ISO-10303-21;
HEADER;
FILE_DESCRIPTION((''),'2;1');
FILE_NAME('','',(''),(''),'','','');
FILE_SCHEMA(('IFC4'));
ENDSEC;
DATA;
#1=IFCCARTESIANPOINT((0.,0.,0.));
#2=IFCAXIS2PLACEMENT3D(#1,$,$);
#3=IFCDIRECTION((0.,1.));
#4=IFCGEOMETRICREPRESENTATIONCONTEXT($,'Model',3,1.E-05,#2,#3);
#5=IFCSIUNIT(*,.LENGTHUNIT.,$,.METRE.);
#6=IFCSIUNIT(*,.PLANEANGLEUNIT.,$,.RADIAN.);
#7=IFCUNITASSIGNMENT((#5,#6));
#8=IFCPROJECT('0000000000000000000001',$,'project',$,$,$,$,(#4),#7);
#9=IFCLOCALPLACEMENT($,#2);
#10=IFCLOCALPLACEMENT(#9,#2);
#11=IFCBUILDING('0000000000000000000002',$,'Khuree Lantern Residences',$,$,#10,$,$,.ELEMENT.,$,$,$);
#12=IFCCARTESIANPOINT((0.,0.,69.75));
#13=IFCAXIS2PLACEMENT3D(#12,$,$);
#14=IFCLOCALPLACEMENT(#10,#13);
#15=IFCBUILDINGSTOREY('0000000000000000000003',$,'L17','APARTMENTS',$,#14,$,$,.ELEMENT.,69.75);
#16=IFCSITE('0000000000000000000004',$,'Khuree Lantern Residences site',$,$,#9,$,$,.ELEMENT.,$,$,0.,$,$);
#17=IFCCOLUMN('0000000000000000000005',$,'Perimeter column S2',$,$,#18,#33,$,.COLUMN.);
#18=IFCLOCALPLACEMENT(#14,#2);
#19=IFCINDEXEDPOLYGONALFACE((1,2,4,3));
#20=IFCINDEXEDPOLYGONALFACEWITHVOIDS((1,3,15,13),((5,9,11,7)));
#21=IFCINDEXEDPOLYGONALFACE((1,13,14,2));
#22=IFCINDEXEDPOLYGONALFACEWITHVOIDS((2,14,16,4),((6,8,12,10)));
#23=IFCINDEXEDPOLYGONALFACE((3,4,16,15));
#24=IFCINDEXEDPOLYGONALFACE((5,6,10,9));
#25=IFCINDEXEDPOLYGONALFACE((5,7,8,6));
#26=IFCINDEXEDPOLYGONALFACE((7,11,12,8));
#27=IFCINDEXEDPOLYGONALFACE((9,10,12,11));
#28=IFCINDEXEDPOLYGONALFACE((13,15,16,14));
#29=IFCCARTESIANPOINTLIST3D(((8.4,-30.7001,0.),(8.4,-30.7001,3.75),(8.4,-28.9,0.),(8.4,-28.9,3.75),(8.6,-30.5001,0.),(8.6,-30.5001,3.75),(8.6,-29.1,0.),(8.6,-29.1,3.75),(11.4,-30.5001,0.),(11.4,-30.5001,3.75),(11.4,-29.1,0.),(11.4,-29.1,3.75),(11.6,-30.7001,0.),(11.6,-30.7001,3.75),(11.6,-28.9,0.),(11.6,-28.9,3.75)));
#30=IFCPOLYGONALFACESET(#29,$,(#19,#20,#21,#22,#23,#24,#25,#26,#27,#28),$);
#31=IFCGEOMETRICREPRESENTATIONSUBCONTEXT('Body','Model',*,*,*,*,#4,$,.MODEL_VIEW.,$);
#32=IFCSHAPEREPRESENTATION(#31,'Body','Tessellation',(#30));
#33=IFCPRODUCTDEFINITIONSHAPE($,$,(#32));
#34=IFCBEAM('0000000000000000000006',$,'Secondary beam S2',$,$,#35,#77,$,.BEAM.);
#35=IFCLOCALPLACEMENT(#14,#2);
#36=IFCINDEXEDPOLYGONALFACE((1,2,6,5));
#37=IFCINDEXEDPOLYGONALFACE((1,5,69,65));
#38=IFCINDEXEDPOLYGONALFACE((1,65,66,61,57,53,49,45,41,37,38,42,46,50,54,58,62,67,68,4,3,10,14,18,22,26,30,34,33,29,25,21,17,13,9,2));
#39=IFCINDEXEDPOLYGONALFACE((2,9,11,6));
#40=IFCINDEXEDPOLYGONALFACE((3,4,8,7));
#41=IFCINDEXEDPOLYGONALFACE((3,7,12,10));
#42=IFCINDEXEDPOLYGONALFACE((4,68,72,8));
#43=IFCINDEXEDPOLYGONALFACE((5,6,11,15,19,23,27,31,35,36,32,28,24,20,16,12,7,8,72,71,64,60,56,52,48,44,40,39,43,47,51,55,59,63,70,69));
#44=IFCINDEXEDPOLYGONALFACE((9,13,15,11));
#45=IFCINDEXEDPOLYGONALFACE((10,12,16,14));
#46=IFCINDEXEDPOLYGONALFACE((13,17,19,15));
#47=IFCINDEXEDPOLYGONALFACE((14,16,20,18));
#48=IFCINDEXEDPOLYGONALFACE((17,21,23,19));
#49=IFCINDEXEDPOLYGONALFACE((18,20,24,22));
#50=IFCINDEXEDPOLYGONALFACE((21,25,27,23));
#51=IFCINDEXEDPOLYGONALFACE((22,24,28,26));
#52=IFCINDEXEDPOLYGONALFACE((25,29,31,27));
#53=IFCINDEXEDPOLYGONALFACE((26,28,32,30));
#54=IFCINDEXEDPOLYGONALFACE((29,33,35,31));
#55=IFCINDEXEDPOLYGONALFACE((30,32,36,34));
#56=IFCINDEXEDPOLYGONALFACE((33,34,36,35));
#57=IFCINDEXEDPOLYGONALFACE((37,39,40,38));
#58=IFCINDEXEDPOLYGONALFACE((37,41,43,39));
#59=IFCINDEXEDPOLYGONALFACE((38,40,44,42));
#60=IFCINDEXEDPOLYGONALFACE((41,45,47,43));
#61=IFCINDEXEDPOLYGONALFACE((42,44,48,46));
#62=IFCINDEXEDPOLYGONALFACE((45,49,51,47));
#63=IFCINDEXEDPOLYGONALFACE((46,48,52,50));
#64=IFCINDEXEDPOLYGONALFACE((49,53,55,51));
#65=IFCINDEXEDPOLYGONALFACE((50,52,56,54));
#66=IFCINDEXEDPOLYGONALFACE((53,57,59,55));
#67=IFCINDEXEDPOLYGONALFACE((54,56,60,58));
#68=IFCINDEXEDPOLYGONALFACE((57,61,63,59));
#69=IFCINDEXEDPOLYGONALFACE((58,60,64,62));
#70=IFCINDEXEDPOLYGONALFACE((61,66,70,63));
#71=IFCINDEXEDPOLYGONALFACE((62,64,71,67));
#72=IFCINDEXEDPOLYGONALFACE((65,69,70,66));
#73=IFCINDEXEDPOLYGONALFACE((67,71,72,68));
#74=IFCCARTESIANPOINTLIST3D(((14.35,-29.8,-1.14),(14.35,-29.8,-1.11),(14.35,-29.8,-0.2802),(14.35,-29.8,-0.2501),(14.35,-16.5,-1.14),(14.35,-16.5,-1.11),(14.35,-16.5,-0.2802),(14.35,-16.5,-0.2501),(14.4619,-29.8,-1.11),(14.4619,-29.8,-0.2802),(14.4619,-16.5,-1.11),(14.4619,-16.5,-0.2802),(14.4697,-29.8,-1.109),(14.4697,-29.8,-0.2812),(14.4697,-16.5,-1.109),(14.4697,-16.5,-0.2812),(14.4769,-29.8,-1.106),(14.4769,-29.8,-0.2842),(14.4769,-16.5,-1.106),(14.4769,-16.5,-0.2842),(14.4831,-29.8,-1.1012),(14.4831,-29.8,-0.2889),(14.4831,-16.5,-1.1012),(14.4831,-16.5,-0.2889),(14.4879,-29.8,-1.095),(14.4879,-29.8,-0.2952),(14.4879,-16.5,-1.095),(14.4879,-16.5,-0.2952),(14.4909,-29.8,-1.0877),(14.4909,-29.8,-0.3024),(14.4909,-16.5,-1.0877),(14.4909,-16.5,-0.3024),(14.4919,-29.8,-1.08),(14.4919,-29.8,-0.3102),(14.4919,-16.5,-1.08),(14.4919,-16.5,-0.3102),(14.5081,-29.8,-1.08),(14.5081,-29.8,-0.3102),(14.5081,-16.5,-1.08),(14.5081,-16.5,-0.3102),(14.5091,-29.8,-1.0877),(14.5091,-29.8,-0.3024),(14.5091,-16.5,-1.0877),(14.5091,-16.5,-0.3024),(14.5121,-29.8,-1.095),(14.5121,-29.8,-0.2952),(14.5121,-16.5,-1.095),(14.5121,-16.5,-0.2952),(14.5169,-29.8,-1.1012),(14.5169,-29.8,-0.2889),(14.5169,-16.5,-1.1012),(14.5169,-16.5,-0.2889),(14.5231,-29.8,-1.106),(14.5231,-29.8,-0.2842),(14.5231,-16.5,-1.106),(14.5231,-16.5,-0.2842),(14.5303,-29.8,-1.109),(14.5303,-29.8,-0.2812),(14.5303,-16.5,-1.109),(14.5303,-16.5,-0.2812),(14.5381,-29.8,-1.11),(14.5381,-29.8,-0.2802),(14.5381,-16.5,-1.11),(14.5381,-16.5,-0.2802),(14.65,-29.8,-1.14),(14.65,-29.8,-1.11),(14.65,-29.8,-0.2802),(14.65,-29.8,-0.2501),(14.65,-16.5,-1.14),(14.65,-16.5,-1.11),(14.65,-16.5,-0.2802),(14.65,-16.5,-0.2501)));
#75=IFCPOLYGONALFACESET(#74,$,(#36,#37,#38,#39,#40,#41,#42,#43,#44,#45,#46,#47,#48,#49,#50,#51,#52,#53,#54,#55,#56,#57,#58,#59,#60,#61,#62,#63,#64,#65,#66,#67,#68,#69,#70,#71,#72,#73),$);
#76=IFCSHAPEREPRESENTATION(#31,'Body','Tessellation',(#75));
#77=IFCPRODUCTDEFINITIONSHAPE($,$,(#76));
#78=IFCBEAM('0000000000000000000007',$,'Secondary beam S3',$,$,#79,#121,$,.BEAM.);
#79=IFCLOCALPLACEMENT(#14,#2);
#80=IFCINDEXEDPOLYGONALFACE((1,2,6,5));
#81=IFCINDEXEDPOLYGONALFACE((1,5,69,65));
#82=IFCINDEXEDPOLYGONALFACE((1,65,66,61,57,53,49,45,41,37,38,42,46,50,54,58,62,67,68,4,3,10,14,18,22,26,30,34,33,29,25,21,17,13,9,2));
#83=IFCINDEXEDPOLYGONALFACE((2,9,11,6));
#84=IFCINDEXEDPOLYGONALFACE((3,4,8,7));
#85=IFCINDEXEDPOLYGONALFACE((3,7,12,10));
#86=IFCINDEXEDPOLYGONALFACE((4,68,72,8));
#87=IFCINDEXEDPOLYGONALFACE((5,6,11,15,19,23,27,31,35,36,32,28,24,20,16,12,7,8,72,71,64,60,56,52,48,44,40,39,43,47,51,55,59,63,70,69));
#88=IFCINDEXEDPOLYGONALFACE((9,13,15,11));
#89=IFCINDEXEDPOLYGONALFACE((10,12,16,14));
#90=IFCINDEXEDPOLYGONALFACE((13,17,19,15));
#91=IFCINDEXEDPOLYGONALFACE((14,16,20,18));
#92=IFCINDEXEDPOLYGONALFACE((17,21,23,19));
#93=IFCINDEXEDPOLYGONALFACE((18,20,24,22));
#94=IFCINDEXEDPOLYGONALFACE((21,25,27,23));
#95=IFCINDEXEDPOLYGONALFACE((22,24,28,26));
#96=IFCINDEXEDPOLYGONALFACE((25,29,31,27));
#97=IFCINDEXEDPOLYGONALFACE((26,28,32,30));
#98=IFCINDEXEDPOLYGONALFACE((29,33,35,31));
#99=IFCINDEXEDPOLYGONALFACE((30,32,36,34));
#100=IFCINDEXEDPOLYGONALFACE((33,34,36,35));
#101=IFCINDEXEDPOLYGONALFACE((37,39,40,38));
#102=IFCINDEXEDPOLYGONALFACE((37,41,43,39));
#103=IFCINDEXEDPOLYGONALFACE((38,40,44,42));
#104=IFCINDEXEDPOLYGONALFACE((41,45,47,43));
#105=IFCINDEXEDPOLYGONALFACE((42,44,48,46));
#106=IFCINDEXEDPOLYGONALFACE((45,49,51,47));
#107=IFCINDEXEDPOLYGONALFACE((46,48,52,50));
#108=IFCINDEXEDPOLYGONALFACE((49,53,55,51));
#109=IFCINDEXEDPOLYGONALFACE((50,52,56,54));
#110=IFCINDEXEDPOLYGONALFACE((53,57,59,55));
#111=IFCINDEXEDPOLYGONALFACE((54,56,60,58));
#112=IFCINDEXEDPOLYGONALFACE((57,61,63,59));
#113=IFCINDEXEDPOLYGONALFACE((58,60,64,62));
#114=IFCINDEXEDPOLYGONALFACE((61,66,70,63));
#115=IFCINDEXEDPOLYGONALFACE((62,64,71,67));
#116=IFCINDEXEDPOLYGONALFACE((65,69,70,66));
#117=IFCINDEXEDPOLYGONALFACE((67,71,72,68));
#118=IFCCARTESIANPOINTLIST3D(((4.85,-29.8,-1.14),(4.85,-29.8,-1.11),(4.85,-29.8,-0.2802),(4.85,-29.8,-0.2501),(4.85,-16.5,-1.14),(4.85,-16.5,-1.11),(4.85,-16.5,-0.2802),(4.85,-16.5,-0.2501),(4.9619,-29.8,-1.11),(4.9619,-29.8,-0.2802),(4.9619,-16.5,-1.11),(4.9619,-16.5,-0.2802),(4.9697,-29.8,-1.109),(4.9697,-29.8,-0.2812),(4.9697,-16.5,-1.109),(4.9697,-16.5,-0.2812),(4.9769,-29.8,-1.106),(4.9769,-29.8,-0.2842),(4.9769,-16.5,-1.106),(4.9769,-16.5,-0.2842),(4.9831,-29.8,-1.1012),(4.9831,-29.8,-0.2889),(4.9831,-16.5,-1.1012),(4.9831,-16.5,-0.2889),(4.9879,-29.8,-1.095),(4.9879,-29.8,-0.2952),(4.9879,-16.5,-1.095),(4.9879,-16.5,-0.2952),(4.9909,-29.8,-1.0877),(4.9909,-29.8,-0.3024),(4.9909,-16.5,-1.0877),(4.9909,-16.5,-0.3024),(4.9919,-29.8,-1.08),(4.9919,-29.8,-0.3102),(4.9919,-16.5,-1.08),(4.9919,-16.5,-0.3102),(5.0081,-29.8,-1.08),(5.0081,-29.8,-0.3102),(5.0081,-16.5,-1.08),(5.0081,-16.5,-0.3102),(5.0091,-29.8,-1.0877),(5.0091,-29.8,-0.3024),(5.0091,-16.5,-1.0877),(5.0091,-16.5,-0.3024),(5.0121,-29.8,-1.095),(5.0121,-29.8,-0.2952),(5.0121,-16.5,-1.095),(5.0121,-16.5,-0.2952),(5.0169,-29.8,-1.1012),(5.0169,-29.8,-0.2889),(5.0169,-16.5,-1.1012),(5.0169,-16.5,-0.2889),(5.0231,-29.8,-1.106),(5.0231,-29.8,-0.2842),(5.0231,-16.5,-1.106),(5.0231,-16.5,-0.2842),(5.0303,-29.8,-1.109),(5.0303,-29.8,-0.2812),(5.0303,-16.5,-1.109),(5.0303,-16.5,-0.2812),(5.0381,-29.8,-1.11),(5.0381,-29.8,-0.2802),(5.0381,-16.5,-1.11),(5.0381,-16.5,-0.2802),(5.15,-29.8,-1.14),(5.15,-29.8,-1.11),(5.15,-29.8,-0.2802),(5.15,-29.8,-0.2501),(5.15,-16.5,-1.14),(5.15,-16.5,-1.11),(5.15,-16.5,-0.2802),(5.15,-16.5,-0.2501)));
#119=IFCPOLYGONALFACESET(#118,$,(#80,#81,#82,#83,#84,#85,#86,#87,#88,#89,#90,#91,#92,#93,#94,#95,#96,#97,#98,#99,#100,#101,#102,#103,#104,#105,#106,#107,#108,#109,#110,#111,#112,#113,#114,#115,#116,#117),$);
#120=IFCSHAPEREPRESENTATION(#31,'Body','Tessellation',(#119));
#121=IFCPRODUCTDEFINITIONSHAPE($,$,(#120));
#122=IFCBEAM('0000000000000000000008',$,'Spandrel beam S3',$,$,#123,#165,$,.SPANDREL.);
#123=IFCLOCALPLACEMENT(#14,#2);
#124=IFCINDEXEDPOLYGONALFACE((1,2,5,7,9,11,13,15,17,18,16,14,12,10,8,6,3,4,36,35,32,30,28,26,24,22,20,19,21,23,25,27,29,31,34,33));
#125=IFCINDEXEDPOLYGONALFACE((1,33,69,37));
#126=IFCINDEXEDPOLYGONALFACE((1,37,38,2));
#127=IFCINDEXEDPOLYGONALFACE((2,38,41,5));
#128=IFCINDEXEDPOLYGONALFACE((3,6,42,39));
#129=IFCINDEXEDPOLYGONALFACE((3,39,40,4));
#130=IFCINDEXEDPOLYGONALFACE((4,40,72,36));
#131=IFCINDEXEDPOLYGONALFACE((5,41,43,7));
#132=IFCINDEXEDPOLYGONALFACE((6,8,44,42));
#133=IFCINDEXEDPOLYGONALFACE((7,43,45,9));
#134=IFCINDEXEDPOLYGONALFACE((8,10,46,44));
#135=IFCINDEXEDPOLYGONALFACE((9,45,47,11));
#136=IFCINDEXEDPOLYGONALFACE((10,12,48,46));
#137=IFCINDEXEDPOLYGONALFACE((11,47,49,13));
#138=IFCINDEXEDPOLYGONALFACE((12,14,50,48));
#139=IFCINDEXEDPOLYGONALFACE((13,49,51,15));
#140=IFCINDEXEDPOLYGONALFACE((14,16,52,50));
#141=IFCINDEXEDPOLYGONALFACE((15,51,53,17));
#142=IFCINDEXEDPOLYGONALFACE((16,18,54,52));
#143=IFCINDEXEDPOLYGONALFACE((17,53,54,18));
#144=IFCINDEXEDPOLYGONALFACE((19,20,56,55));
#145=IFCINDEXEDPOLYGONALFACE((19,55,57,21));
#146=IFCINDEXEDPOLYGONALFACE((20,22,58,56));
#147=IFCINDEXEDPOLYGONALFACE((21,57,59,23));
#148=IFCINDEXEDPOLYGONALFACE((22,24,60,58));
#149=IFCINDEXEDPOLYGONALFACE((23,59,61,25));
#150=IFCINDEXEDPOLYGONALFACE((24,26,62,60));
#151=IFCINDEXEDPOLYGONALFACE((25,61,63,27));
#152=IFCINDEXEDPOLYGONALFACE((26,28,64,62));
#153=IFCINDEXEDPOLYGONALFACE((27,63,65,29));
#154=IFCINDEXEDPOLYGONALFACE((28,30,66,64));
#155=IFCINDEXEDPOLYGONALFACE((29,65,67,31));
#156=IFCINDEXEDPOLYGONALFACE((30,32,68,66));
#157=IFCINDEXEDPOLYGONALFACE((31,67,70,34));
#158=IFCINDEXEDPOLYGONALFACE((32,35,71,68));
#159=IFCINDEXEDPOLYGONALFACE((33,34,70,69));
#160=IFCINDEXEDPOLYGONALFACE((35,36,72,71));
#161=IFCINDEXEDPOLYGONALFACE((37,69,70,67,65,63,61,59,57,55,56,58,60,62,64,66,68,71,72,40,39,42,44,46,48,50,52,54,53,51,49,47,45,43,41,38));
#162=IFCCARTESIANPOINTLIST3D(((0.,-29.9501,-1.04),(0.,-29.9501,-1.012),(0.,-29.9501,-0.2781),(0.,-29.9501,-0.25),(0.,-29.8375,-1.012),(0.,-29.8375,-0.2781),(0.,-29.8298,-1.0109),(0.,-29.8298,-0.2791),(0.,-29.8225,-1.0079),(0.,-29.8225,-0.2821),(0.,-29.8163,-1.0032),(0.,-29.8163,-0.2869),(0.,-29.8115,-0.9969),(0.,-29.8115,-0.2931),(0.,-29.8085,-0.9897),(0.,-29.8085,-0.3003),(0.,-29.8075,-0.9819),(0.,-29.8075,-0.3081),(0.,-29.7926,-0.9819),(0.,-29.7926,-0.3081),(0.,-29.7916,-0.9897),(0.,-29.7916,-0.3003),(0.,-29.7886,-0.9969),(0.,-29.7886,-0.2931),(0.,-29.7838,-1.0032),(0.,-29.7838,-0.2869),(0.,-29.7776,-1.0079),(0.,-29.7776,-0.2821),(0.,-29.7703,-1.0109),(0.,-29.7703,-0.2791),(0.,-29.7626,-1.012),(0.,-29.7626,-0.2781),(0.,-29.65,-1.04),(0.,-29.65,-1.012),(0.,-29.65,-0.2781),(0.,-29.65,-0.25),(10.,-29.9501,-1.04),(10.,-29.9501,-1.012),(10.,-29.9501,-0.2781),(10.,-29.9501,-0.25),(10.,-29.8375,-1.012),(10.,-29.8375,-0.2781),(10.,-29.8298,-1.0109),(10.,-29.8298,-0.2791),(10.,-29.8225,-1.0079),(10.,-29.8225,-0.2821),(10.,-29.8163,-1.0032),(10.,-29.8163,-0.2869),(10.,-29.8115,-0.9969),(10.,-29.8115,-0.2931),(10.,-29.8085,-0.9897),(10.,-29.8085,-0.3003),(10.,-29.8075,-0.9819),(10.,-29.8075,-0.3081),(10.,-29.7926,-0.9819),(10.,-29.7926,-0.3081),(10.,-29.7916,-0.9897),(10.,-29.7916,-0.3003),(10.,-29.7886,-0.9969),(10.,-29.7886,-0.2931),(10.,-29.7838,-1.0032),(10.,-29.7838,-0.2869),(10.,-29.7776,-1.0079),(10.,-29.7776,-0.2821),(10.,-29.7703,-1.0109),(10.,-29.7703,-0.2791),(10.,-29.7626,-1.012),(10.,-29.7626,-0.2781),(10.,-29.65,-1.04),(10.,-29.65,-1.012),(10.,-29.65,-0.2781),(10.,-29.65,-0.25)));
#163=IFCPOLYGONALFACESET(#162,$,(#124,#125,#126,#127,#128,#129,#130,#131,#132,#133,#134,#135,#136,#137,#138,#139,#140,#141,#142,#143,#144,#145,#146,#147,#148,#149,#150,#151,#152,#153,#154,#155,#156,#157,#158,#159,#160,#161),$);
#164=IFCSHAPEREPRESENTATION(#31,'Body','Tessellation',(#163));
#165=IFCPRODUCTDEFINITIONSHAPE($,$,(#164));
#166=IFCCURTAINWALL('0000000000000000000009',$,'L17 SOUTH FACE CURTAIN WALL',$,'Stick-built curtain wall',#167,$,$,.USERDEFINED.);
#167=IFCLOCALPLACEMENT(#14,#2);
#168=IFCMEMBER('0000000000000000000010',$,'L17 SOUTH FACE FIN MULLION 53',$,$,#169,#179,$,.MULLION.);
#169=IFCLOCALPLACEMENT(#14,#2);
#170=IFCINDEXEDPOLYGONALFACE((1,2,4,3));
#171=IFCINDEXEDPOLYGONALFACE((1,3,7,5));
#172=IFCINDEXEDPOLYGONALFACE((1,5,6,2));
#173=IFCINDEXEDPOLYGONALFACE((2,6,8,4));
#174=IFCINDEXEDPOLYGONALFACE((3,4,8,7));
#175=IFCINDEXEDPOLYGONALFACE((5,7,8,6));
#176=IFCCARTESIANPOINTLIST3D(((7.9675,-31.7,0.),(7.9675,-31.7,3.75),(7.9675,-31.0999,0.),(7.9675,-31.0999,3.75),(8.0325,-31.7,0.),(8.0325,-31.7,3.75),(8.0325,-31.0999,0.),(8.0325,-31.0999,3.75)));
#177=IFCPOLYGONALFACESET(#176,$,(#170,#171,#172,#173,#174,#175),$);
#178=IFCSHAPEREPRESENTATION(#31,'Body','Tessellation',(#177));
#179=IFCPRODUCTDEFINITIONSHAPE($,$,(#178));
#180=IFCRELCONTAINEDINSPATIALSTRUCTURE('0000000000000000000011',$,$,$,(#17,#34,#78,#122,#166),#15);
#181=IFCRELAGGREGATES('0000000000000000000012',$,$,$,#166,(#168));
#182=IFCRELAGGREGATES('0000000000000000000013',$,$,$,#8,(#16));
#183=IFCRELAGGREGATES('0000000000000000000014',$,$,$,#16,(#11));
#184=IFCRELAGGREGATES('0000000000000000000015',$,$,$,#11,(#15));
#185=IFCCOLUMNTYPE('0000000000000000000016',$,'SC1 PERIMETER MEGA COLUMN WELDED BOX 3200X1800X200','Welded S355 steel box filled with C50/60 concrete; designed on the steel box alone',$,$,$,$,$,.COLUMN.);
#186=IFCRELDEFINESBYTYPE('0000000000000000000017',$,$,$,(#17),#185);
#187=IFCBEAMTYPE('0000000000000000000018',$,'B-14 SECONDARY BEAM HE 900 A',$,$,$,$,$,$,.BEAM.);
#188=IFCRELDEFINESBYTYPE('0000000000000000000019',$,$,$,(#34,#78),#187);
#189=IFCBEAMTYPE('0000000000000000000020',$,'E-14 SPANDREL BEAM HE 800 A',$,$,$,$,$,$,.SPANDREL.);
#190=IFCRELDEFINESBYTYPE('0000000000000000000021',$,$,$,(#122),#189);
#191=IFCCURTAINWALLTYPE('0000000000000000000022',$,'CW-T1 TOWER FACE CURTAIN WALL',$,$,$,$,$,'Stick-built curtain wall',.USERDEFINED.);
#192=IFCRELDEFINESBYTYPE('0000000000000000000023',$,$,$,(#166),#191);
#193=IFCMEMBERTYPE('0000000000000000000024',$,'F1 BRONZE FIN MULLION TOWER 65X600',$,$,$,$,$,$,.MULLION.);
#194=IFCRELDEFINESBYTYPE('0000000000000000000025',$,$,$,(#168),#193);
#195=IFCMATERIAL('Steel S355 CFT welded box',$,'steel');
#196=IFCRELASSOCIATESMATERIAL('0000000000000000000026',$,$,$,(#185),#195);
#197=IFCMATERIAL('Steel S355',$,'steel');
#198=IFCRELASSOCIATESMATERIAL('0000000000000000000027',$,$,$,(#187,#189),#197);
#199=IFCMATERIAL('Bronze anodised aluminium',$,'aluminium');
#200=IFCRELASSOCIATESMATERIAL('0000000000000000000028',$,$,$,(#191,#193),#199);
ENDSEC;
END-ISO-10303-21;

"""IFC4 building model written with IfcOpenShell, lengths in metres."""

from ifc_helpers import new_model, si_unit, direction, frame, origin, origin_2d, place, context, subcontext, project, spatial, rectangle, hollow_rectangle, i_section, extrude, material, material_profile, profile_set, type_object, element, aggregate, save


model = new_model("IFC4")

# Units and contexts
model_context = context("Model", 3, precision=1e-05, world=origin(), true_north=direction((0.0, 1.0)))
body_context = subcontext(model_context, "Body", "Model", "MODEL_VIEW")
ifc_project = project(units=[si_unit("LENGTHUNIT", "METRE"), si_unit("PLANEANGLEUNIT", "RADIAN")], contexts=[model_context])

# Site, building, storey
site_placement = place(None, origin())
site = spatial("IfcSite", under=ifc_project, at=site_placement, Name="Khuree Lantern Residences site", CompositionType="ELEMENT", RefElevation=0.0)
building_placement = place(site_placement, origin())
building = spatial("IfcBuilding", under=site, at=building_placement, Name="Khuree Lantern Residences", CompositionType="ELEMENT")
storey_placement = place(building_placement, frame((0.0, 0.0, 69.75)))
storey = spatial("IfcBuildingStorey", under=building, at=storey_placement, Name="L17", Description="APARTMENTS", CompositionType="ELEMENT", Elevation=69.75)

# Column
ifc_material_1 = material(Name="Steel S355 CFT welded box", Category="steel")
ifc_material_profile_1 = material_profile(ifc_material_1, hollow_rectangle(XDim=3.2, YDim=1.8, WallThickness=0.2, at=origin_2d()), Name="WELDED BOX 3200X1800X200")
ifc_profile_set_1 = profile_set([ifc_material_profile_1], Name="Steel S355 CFT welded box")
column_type = type_object("IfcColumnType", Name="SC1 PERIMETER MEGA COLUMN WELDED BOX 3200X1800X200", Description="Welded S355 steel box filled with C50/60 concrete; designed on the steel box alone", PredefinedType="COLUMN", material=ifc_profile_set_1)
column_placement = place(storey_placement, frame((10.0, -29.8, 0.0), z_axis=(0.0, 0.0, 1.0), x_axis=(1.0, 0.0, 0.0)))
element("IfcColumn", 1, at=column_placement, inside=storey, type_object=column_type, Name="Perimeter column S2", PredefinedType="COLUMN", context=body_context, shape_type="SweptSolid", body=[
    extrude(hollow_rectangle(XDim=3.2, YDim=1.8, WallThickness=0.2, at=origin_2d()), origin(), (0.0, 0.0, 1.0), 3.75),
])

# Beams
ifc_material_2 = material(Name="Steel S355", Category="steel")
ifc_material_profile_2 = material_profile(ifc_material_2, i_section(OverallWidth=0.3, OverallDepth=0.8899, WebThickness=0.0161, FlangeThickness=0.03, FilletRadius=0.03, at=origin_2d()), Name="HE 900 A")
ifc_profile_set_2 = profile_set([ifc_material_profile_2], Name="Steel S355")
beam_type_1 = type_object("IfcBeamType", Name="B-14 SECONDARY BEAM HE 900 A", PredefinedType="BEAM", material=ifc_profile_set_2)
for number, where, z_axis, x_axis, name in (
    (2, (14.5, -29.8, -0.6951), (0.0, 1.0, 0.0), (-1.0, 0.0, 0.0), "Secondary beam S2"),
    (3, (5.0, -29.8, -0.6951), (0.0, 1.0, 0.0), (-1.0, 0.0, 0.0), "Secondary beam S3"),
):
    element("IfcBeam", number, at=place(storey_placement, frame(where, z_axis=z_axis, x_axis=x_axis)), inside=storey, type_object=beam_type_1, Name=name, PredefinedType="BEAM", context=body_context, shape_type="SweptSolid", body=[
        extrude(i_section(OverallWidth=0.3, OverallDepth=0.8899, WebThickness=0.0161, FlangeThickness=0.03, FilletRadius=0.03, at=origin_2d()), origin(), (0.0, 0.0, 1.0), 13.3),
    ])
ifc_material_profile_3 = material_profile(ifc_material_2, i_section(OverallWidth=0.3, OverallDepth=0.79, WebThickness=0.0149, FlangeThickness=0.0281, FilletRadius=0.03, at=origin_2d()), Name="HE 800 A")
ifc_profile_set_3 = profile_set([ifc_material_profile_3], Name="Steel S355")
beam_type_2 = type_object("IfcBeamType", Name="E-14 SPANDREL BEAM HE 800 A", PredefinedType="SPANDREL", material=ifc_profile_set_3)
beam_1_placement = place(storey_placement, frame((10.0, -29.8, -0.645), z_axis=(-1.0, 0.0, 0.0), x_axis=(0.0, -1.0, 0.0)))
element("IfcBeam", 4, at=beam_1_placement, inside=storey, type_object=beam_type_2, Name="Spandrel beam S3", PredefinedType="SPANDREL", context=body_context, shape_type="SweptSolid", body=[
    extrude(i_section(OverallWidth=0.3, OverallDepth=0.79, WebThickness=0.0149, FlangeThickness=0.0281, FilletRadius=0.03, at=origin_2d()), origin(), (0.0, 0.0, 1.0), 10.0),
])

# Curtain wall, member
ifc_material_3 = material(Name="Bronze anodised aluminium", Category="aluminium")
curtain_wall_type = type_object("IfcCurtainWallType", Name="CW-T1 TOWER FACE CURTAIN WALL", ElementType="Stick-built curtain wall", PredefinedType="USERDEFINED", material=ifc_material_3)
curtain_wall_placement = place(storey_placement, origin())
curtain_wall = element("IfcCurtainWall", 5, at=curtain_wall_placement, inside=storey, type_object=curtain_wall_type, Name="L17 SOUTH FACE CURTAIN WALL", ObjectType="Stick-built curtain wall", PredefinedType="USERDEFINED")
ifc_material_profile_4 = material_profile(ifc_material_3, rectangle(XDim=0.0649, YDim=0.6001, at=origin_2d()), Name="F1 65X600")
ifc_profile_set_4 = profile_set([ifc_material_profile_4], Name="Bronze anodised aluminium")
member_type_1 = type_object("IfcMemberType", Name="F1 BRONZE FIN MULLION TOWER 65X600", PredefinedType="MULLION", material=ifc_profile_set_4)
member_1_placement = place(storey_placement, frame((8.0, -31.3999, 0.0), z_axis=(0.0, 0.0, 1.0), x_axis=(1.0, 0.0, 0.0)))
member_1 = element("IfcMember", 6, at=member_1_placement, type_object=member_type_1, Name="L17 SOUTH FACE FIN MULLION 53", PredefinedType="MULLION", context=body_context, shape_type="SweptSolid", body=[
    extrude(rectangle(XDim=0.0649, YDim=0.6001, at=origin_2d()), origin(), (0.0, 0.0, 1.0), 3.75),
])

aggregate(curtain_wall, [member_1])

save(model, "model.ifc")
